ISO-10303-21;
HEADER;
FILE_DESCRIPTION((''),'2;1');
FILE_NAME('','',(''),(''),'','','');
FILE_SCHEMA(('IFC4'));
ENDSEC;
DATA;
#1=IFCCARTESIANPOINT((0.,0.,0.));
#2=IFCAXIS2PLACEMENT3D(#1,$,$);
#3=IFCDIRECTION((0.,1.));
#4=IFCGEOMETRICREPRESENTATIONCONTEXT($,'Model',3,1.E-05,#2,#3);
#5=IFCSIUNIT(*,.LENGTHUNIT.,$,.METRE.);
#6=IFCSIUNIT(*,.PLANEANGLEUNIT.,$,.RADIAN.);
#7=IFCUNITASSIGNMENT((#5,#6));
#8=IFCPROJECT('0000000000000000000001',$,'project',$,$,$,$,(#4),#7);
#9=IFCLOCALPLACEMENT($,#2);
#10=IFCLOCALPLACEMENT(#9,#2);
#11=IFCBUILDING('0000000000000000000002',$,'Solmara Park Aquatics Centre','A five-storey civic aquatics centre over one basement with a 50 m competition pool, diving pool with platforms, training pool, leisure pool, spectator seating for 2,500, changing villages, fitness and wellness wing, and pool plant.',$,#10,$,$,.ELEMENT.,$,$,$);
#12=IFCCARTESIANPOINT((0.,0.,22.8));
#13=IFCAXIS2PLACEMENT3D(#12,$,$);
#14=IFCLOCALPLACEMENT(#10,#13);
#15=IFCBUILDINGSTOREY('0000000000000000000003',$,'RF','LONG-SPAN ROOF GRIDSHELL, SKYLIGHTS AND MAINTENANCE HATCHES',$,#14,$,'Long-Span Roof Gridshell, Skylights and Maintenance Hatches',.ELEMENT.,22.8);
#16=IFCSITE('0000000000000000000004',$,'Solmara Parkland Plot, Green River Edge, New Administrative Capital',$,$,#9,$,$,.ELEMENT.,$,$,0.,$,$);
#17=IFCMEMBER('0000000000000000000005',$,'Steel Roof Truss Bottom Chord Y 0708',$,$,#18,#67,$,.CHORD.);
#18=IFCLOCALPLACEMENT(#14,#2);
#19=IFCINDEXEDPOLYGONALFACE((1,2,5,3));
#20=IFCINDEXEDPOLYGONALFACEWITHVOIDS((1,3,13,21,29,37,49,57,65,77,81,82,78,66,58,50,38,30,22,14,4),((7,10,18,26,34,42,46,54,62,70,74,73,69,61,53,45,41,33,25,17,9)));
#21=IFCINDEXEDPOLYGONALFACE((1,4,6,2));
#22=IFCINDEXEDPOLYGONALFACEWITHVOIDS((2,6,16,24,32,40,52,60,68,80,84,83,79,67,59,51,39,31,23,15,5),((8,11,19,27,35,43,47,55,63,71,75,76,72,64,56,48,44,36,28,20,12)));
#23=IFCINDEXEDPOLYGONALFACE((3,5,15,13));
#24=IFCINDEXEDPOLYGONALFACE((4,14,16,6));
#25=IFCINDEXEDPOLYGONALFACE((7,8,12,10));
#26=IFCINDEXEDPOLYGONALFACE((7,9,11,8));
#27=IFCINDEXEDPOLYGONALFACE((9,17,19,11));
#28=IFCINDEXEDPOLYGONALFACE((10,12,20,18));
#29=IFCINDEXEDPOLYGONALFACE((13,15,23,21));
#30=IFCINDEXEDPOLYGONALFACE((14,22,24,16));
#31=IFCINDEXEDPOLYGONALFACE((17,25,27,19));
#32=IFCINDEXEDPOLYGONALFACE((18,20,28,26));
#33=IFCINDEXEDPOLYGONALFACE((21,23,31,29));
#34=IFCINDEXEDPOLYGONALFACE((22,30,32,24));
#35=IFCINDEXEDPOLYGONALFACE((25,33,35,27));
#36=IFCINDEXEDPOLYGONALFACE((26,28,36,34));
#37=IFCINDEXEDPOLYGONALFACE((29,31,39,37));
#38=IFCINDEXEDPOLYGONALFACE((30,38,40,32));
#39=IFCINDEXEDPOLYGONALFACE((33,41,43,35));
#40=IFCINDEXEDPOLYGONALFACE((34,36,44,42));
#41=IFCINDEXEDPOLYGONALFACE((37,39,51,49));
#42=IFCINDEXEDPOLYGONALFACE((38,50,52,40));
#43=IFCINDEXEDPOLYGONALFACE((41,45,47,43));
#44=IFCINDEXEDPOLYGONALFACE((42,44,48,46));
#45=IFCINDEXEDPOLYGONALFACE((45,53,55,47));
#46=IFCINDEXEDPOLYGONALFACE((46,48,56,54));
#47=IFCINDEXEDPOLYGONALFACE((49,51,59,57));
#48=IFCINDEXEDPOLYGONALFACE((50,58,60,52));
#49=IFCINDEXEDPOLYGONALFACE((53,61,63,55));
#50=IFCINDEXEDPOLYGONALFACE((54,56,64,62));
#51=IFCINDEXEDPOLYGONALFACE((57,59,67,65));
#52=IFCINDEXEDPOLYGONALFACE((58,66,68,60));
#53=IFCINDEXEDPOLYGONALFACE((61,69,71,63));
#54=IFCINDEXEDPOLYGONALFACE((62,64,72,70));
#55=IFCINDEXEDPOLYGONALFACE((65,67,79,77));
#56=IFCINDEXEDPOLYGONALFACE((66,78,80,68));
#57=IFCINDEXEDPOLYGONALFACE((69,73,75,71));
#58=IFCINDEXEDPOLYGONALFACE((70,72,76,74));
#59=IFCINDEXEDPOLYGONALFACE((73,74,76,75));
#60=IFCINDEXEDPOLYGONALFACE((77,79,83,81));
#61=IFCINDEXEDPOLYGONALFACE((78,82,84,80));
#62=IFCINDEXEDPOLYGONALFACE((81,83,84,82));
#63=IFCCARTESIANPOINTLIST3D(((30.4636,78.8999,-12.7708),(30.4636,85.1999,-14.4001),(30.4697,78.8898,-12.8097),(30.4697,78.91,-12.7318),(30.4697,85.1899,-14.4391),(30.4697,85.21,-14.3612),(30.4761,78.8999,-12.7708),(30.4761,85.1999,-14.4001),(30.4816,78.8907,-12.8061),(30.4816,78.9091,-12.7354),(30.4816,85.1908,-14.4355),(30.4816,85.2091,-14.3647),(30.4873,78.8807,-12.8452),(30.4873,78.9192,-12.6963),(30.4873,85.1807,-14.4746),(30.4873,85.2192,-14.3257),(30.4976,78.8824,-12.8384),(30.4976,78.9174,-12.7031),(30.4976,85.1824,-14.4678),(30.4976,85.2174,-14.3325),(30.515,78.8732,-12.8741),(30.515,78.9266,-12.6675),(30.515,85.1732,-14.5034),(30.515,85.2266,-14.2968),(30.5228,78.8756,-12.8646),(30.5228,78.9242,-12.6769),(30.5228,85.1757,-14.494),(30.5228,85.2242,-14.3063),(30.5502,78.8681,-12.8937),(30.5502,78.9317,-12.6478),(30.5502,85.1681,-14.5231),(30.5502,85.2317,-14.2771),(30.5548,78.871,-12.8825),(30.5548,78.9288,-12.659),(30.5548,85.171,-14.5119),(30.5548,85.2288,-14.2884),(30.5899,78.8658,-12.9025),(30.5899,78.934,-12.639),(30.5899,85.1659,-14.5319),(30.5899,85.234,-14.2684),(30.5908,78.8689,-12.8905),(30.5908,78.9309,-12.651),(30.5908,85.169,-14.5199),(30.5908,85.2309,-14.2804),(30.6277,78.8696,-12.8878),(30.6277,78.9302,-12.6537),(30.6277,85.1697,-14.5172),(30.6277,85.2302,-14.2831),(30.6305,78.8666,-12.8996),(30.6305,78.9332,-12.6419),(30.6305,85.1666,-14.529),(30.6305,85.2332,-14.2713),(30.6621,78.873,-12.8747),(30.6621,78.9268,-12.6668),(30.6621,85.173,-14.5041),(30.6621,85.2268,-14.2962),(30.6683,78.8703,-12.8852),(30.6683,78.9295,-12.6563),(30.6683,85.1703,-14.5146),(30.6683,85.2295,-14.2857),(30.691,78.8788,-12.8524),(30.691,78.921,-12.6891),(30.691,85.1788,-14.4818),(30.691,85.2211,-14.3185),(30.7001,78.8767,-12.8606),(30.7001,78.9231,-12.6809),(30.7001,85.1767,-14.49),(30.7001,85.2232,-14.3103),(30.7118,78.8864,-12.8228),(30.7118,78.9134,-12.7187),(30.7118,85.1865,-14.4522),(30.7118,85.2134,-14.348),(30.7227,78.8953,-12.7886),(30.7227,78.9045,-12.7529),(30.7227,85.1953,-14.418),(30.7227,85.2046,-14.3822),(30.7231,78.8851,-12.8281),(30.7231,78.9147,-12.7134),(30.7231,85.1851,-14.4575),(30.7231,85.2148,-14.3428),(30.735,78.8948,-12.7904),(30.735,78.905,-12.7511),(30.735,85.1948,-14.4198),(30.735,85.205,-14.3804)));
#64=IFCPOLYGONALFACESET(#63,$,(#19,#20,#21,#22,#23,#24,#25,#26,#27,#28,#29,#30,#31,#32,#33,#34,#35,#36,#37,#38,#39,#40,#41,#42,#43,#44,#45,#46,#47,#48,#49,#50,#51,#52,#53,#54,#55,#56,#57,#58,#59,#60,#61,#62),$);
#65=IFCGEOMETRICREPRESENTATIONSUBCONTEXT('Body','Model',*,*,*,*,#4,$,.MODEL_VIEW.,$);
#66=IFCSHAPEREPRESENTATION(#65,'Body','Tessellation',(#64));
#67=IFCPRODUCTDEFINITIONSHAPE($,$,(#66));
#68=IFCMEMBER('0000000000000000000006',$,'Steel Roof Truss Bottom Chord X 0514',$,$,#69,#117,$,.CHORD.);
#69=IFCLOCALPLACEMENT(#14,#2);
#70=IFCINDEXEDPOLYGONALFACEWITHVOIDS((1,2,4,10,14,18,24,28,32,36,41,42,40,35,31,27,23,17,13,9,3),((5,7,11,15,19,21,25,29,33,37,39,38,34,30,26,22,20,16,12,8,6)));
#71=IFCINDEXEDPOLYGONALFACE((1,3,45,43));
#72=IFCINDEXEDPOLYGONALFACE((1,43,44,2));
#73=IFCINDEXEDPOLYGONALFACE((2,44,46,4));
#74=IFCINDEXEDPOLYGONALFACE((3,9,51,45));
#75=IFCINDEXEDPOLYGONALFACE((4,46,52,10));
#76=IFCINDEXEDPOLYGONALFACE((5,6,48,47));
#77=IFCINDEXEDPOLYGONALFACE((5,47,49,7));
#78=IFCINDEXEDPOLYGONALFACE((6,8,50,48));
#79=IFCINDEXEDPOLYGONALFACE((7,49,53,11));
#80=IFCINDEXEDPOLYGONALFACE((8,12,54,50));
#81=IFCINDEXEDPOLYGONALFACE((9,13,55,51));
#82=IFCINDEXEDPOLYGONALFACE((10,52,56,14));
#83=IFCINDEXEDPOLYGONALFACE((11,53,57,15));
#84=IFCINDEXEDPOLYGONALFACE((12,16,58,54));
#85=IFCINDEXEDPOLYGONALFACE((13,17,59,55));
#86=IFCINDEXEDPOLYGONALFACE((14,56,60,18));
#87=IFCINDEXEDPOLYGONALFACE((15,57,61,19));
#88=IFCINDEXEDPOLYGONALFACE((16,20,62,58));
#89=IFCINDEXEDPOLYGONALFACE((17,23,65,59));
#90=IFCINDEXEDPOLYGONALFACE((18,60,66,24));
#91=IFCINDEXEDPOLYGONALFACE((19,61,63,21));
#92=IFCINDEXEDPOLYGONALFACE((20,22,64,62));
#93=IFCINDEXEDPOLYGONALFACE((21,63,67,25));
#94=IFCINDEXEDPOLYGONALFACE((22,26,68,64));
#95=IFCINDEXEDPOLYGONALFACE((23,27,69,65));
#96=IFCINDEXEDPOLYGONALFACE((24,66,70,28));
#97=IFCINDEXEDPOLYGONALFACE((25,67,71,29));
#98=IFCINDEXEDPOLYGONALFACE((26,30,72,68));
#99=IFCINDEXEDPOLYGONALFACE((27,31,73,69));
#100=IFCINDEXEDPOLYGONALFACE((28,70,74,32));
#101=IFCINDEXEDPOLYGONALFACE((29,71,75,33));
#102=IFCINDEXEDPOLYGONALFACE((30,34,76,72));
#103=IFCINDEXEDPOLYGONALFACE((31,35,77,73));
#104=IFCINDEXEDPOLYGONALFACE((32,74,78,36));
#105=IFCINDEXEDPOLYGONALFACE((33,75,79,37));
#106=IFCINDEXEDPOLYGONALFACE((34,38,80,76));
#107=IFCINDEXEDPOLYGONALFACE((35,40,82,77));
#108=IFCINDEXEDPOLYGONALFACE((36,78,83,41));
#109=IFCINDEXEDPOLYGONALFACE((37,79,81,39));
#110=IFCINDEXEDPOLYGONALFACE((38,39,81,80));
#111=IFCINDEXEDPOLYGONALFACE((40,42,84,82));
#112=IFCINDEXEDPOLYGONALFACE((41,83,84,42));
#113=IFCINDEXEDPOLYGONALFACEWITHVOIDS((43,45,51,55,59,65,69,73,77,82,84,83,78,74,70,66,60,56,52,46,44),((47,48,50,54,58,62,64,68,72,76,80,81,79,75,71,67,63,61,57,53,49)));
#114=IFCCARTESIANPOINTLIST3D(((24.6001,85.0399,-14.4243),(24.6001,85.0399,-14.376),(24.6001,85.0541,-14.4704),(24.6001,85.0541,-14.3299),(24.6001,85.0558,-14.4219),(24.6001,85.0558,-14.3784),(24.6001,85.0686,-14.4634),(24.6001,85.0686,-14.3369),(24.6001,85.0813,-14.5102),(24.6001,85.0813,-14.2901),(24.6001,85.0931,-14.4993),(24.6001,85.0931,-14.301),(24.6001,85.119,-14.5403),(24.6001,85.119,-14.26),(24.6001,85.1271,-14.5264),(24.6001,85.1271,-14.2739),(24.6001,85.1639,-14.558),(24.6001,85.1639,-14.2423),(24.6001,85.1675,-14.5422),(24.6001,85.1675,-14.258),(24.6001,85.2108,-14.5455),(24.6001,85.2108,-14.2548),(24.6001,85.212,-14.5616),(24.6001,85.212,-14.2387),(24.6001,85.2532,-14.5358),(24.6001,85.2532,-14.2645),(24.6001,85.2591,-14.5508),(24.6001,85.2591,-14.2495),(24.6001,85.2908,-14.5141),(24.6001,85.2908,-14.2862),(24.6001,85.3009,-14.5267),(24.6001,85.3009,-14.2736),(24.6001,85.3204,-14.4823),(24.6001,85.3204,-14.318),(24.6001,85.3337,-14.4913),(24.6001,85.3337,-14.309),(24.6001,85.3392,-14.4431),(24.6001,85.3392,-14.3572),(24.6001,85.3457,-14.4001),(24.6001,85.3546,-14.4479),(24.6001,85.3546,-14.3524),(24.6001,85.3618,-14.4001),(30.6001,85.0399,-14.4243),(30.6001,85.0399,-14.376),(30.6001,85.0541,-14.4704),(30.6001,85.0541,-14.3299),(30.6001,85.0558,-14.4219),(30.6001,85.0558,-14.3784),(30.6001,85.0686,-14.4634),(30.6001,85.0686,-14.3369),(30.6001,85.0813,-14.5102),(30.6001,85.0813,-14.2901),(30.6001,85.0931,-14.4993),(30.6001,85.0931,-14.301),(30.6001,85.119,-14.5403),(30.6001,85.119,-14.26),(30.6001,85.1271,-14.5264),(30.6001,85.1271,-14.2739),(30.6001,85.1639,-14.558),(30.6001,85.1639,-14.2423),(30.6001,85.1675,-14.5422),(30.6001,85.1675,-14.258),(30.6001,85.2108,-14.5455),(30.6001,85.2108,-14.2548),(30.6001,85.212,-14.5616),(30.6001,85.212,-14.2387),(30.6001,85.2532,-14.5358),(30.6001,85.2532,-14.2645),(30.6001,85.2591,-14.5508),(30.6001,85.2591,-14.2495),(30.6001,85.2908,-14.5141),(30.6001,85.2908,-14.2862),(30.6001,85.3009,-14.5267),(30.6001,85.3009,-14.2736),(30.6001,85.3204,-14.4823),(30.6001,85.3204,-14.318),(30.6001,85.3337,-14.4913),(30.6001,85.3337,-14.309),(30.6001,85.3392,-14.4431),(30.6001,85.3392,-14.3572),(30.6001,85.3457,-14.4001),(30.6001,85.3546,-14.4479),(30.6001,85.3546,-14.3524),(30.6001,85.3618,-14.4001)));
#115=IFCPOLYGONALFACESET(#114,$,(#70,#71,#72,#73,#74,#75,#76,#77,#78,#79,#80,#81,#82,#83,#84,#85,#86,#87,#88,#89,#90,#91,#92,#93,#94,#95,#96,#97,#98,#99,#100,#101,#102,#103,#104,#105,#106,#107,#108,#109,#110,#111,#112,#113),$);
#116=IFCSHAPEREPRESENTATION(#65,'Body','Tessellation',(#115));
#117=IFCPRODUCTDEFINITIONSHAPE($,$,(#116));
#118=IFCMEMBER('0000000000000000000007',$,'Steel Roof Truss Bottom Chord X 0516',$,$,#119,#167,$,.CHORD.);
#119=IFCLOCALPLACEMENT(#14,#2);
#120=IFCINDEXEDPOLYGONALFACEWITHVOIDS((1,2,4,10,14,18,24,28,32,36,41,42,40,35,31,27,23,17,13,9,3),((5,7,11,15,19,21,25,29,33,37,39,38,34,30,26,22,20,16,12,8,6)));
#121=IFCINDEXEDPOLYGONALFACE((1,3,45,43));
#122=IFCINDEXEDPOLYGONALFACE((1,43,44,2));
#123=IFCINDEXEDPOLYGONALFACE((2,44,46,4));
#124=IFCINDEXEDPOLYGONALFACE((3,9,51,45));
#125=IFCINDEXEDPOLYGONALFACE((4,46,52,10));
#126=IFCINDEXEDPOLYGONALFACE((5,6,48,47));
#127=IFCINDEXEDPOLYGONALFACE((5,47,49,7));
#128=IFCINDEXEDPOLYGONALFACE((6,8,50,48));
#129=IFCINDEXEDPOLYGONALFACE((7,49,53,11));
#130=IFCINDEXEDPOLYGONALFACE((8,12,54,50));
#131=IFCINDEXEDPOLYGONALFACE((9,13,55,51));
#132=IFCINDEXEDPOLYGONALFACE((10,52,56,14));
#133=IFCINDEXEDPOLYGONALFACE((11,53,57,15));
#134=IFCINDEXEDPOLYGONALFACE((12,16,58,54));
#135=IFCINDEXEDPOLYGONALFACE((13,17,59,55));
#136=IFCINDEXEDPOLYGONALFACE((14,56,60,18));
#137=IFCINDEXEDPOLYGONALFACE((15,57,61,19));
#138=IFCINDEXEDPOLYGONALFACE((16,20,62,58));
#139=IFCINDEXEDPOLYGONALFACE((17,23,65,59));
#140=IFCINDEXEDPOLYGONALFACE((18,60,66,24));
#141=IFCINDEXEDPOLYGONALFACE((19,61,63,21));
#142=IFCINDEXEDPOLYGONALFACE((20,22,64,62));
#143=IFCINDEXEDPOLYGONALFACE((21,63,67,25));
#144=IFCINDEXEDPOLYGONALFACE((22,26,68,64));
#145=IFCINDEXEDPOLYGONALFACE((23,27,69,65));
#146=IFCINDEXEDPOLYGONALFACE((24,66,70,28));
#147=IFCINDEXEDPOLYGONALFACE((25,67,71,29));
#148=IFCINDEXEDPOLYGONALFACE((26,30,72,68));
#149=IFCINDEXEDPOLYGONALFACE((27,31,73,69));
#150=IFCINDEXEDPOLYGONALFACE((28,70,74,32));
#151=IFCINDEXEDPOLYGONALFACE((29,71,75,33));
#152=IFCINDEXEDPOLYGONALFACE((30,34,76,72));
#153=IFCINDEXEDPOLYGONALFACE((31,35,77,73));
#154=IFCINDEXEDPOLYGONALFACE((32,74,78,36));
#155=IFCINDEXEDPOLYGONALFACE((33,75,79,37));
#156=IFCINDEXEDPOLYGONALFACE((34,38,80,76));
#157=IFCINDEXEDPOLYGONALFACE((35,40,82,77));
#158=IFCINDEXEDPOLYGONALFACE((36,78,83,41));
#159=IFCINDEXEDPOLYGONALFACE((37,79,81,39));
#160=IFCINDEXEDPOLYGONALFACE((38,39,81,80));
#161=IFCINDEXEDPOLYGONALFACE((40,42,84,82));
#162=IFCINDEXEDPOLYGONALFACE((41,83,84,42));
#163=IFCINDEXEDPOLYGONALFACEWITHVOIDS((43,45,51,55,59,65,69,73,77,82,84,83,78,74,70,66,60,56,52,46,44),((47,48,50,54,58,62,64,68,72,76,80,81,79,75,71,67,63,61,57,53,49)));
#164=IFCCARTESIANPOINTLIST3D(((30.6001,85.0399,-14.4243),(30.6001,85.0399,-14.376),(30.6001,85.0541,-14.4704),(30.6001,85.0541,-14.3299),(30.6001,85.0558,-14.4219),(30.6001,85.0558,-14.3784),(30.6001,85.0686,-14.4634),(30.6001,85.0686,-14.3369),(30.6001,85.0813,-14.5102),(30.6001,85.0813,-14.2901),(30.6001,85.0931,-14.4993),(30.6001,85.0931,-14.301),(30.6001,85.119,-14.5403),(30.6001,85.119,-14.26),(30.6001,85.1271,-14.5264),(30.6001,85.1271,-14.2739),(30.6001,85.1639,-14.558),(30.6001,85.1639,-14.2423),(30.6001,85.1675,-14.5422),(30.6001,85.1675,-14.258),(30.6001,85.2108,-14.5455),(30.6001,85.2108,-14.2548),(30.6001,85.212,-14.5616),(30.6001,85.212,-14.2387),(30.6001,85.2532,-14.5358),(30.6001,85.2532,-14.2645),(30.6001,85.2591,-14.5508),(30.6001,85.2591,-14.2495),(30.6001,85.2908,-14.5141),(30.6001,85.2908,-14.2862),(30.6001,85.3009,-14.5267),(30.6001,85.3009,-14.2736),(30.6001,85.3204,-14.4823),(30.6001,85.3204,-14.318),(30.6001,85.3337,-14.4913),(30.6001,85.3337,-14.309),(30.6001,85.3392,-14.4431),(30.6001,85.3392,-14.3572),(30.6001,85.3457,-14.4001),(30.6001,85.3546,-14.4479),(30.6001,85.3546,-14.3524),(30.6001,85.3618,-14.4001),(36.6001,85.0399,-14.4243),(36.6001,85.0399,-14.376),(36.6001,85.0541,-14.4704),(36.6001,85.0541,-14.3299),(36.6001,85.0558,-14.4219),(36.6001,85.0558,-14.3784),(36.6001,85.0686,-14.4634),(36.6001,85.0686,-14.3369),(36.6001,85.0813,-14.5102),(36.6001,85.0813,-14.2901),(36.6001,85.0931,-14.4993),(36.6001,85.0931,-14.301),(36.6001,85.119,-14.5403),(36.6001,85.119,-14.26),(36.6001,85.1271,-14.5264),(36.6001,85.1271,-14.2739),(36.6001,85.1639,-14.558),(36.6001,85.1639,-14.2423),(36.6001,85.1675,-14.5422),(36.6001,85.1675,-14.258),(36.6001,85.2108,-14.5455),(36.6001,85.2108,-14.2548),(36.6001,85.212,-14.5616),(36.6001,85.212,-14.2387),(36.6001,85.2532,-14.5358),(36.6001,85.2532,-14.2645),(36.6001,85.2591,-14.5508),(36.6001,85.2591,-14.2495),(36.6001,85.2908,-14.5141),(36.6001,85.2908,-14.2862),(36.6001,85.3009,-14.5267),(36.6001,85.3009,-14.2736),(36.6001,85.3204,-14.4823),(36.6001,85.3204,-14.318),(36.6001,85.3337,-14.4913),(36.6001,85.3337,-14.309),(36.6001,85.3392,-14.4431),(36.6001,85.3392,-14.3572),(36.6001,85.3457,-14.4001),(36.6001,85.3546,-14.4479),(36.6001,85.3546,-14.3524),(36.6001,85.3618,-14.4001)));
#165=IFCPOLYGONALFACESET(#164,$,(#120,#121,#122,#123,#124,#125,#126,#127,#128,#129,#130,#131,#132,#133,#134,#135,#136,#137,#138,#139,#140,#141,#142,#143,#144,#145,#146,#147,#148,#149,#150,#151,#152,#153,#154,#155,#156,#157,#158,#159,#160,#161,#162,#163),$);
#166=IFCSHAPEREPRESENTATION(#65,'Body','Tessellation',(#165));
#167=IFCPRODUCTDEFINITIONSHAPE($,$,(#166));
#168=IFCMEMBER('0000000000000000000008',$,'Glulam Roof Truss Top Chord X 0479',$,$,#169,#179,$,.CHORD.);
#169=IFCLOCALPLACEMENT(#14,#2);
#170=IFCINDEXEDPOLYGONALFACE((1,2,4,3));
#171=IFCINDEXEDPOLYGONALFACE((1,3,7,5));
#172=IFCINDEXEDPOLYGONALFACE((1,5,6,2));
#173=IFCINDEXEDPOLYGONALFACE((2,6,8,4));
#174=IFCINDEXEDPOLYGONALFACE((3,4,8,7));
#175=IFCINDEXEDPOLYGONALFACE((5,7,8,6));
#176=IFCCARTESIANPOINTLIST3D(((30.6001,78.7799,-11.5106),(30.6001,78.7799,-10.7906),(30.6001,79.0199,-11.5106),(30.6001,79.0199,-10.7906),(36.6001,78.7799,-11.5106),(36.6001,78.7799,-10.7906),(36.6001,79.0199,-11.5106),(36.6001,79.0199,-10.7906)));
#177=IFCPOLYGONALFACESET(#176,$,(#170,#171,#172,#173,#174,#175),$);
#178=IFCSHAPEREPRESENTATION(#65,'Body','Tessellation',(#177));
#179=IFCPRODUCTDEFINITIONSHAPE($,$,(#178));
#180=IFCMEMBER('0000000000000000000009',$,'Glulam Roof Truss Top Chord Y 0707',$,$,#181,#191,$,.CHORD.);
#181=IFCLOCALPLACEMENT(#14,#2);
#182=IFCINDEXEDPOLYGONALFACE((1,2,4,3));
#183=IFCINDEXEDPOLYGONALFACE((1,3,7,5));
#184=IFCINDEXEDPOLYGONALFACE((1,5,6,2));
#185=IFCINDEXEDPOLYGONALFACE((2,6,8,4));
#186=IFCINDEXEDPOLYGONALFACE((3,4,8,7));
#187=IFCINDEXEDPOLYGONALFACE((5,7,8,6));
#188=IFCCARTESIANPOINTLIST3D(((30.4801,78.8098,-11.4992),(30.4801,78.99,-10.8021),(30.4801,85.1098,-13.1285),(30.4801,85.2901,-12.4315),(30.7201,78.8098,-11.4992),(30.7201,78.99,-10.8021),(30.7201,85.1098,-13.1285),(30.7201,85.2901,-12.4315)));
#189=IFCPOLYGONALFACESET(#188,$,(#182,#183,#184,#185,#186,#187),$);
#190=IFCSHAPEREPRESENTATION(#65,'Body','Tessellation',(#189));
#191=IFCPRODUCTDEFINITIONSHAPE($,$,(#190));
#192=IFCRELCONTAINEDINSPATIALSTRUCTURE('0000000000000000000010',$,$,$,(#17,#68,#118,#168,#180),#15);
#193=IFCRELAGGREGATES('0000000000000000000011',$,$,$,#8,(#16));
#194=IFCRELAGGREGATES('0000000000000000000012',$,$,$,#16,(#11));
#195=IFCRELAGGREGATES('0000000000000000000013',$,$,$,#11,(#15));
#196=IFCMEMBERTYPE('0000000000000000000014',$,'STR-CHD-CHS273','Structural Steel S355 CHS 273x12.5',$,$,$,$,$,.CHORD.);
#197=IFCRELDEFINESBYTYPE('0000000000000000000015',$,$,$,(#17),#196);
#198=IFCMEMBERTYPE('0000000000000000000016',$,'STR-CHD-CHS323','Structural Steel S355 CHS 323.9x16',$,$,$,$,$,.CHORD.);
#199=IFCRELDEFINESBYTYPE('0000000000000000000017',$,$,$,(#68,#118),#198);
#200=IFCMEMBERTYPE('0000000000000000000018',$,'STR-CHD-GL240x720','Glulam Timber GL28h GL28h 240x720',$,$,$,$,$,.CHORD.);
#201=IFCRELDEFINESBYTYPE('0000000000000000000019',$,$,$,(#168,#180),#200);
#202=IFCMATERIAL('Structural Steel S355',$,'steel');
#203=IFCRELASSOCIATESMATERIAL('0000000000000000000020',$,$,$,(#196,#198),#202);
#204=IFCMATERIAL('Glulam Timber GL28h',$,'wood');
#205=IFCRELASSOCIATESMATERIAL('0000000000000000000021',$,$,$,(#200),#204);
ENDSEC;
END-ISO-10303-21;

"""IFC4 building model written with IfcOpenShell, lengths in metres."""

from ifc_helpers import new_model, si_unit, direction, frame, origin, origin_2d, place, context, subcontext, project, spatial, rectangle, hollow_circle, extrude, material, material_profile, profile_set, type_object, element, save


model = new_model("IFC4")

# Units and contexts
model_context = context("Model", 3, precision=1e-05, world=origin(), true_north=direction((0.0, 1.0)))
body_context = subcontext(model_context, "Body", "Model", "MODEL_VIEW")
ifc_project = project(units=[si_unit("LENGTHUNIT", "METRE"), si_unit("PLANEANGLEUNIT", "RADIAN")], contexts=[model_context])

# Site, building, storey
site_placement = place(None, origin())
site = spatial("IfcSite", under=ifc_project, at=site_placement, Name="Solmara Parkland Plot, Green River Edge, New Administrative Capital", CompositionType="ELEMENT", RefElevation=0.0)
building_placement = place(site_placement, origin())
building = spatial("IfcBuilding", under=site, at=building_placement, Name="Solmara Park Aquatics Centre", Description="A five-storey civic aquatics centre over one basement with a 50 m competition pool, diving pool with platforms, training pool, leisure pool, spectator seating for 2,500, changing villages, fitness and wellness wing, and pool plant.", CompositionType="ELEMENT")
storey_placement = place(building_placement, frame((0.0, 0.0, 22.8)))
storey = spatial("IfcBuildingStorey", under=building, at=storey_placement, Name="RF", Description="LONG-SPAN ROOF GRIDSHELL, SKYLIGHTS AND MAINTENANCE HATCHES", LongName="Long-Span Roof Gridshell, Skylights and Maintenance Hatches", CompositionType="ELEMENT", Elevation=22.8)

# Shared definitions
ifc_material_1 = material(Name="Structural Steel S355", Category="steel")

# Members
ifc_material_profile_1 = material_profile(ifc_material_1, hollow_circle(Radius=0.1365, WallThickness=0.0125, at=origin_2d()), Name="CHS 273x12.5")
ifc_profile_set_1 = profile_set([ifc_material_profile_1], Name="Structural Steel S355")
member_type_1 = type_object("IfcMemberType", Name="STR-CHD-CHS273", Description="Structural Steel S355 CHS 273x12.5", PredefinedType="CHORD", material=ifc_profile_set_1)
member_1_placement = place(storey_placement, frame((30.6001, 78.8999, -12.7708), z_axis=(0.0, 0.968144, -0.250393), x_axis=(-1.0, 0.0, 0.0)))
element("IfcMember", 1, at=member_1_placement, inside=storey, type_object=member_type_1, Name="Steel Roof Truss Bottom Chord Y 0708", PredefinedType="CHORD", context=body_context, shape_type="SweptSolid", body=[
    extrude(hollow_circle(Radius=0.1365, WallThickness=0.0125, at=origin_2d()), origin(), (0.0, 0.0, 1.0), 6.5073),
])
ifc_material_profile_2 = material_profile(ifc_material_1, hollow_circle(Radius=0.1619, WallThickness=0.0161, at=origin_2d()), Name="CHS 323.9x16")
ifc_profile_set_2 = profile_set([ifc_material_profile_2], Name="Structural Steel S355")
member_type_2 = type_object("IfcMemberType", Name="STR-CHD-CHS323", Description="Structural Steel S355 CHS 323.9x16", PredefinedType="CHORD", material=ifc_profile_set_2)
for number, where, z_axis, x_axis, name in (
    (2, (24.6001, 85.2, -14.4001), (1.0, 0.0, 0.0), (0.0, 1.0, 0.0), "Steel Roof Truss Bottom Chord X 0514"),
    (3, (30.6001, 85.2, -14.4001), (1.0, 0.0, 0.0), (0.0, 1.0, 0.0), "Steel Roof Truss Bottom Chord X 0516"),
):
    element("IfcMember", number, at=place(storey_placement, frame(where, z_axis=z_axis, x_axis=x_axis)), inside=storey, type_object=member_type_2, Name=name, PredefinedType="CHORD", context=body_context, shape_type="SweptSolid", body=[
        extrude(hollow_circle(Radius=0.1619, WallThickness=0.0161, at=origin_2d()), origin(), (0.0, 0.0, 1.0), 6.0),
    ])
ifc_material_2 = material(Name="Glulam Timber GL28h", Category="wood")
ifc_material_profile_3 = material_profile(ifc_material_2, rectangle(XDim=0.24, YDim=0.72, at=origin_2d()), Name="GL28h 240x720")
ifc_profile_set_3 = profile_set([ifc_material_profile_3], Name="Glulam Timber GL28h")
member_type_3 = type_object("IfcMemberType", Name="STR-CHD-GL240x720", Description="Glulam Timber GL28h GL28h 240x720", PredefinedType="CHORD", material=ifc_profile_set_3)
member_2_placement = place(storey_placement, frame((30.6001, 78.8999, -11.1506), z_axis=(1.0, 0.0, 0.0), x_axis=(0.0, 1.0, 0.0)))
element("IfcMember", 4, at=member_2_placement, inside=storey, type_object=member_type_3, Name="Glulam Roof Truss Top Chord X 0479", PredefinedType="CHORD", context=body_context, shape_type="SweptSolid", body=[
    extrude(rectangle(XDim=0.24, YDim=0.72, at=origin_2d()), origin(), (0.0, 0.0, 1.0), 6.0),
])
member_3_placement = place(storey_placement, frame((30.6001, 78.8999, -11.1506), z_axis=(0.0, 0.968144, -0.250393), x_axis=(-1.0, 0.0, 0.0)))
element("IfcMember", 5, at=member_3_placement, inside=storey, type_object=member_type_3, Name="Glulam Roof Truss Top Chord Y 0707", PredefinedType="CHORD", context=body_context, shape_type="SweptSolid", body=[
    extrude(rectangle(XDim=0.24, YDim=0.72, at=origin_2d()), origin(), (0.0, 0.0, 1.0), 6.5073),
])

save(model, "model.ifc")
